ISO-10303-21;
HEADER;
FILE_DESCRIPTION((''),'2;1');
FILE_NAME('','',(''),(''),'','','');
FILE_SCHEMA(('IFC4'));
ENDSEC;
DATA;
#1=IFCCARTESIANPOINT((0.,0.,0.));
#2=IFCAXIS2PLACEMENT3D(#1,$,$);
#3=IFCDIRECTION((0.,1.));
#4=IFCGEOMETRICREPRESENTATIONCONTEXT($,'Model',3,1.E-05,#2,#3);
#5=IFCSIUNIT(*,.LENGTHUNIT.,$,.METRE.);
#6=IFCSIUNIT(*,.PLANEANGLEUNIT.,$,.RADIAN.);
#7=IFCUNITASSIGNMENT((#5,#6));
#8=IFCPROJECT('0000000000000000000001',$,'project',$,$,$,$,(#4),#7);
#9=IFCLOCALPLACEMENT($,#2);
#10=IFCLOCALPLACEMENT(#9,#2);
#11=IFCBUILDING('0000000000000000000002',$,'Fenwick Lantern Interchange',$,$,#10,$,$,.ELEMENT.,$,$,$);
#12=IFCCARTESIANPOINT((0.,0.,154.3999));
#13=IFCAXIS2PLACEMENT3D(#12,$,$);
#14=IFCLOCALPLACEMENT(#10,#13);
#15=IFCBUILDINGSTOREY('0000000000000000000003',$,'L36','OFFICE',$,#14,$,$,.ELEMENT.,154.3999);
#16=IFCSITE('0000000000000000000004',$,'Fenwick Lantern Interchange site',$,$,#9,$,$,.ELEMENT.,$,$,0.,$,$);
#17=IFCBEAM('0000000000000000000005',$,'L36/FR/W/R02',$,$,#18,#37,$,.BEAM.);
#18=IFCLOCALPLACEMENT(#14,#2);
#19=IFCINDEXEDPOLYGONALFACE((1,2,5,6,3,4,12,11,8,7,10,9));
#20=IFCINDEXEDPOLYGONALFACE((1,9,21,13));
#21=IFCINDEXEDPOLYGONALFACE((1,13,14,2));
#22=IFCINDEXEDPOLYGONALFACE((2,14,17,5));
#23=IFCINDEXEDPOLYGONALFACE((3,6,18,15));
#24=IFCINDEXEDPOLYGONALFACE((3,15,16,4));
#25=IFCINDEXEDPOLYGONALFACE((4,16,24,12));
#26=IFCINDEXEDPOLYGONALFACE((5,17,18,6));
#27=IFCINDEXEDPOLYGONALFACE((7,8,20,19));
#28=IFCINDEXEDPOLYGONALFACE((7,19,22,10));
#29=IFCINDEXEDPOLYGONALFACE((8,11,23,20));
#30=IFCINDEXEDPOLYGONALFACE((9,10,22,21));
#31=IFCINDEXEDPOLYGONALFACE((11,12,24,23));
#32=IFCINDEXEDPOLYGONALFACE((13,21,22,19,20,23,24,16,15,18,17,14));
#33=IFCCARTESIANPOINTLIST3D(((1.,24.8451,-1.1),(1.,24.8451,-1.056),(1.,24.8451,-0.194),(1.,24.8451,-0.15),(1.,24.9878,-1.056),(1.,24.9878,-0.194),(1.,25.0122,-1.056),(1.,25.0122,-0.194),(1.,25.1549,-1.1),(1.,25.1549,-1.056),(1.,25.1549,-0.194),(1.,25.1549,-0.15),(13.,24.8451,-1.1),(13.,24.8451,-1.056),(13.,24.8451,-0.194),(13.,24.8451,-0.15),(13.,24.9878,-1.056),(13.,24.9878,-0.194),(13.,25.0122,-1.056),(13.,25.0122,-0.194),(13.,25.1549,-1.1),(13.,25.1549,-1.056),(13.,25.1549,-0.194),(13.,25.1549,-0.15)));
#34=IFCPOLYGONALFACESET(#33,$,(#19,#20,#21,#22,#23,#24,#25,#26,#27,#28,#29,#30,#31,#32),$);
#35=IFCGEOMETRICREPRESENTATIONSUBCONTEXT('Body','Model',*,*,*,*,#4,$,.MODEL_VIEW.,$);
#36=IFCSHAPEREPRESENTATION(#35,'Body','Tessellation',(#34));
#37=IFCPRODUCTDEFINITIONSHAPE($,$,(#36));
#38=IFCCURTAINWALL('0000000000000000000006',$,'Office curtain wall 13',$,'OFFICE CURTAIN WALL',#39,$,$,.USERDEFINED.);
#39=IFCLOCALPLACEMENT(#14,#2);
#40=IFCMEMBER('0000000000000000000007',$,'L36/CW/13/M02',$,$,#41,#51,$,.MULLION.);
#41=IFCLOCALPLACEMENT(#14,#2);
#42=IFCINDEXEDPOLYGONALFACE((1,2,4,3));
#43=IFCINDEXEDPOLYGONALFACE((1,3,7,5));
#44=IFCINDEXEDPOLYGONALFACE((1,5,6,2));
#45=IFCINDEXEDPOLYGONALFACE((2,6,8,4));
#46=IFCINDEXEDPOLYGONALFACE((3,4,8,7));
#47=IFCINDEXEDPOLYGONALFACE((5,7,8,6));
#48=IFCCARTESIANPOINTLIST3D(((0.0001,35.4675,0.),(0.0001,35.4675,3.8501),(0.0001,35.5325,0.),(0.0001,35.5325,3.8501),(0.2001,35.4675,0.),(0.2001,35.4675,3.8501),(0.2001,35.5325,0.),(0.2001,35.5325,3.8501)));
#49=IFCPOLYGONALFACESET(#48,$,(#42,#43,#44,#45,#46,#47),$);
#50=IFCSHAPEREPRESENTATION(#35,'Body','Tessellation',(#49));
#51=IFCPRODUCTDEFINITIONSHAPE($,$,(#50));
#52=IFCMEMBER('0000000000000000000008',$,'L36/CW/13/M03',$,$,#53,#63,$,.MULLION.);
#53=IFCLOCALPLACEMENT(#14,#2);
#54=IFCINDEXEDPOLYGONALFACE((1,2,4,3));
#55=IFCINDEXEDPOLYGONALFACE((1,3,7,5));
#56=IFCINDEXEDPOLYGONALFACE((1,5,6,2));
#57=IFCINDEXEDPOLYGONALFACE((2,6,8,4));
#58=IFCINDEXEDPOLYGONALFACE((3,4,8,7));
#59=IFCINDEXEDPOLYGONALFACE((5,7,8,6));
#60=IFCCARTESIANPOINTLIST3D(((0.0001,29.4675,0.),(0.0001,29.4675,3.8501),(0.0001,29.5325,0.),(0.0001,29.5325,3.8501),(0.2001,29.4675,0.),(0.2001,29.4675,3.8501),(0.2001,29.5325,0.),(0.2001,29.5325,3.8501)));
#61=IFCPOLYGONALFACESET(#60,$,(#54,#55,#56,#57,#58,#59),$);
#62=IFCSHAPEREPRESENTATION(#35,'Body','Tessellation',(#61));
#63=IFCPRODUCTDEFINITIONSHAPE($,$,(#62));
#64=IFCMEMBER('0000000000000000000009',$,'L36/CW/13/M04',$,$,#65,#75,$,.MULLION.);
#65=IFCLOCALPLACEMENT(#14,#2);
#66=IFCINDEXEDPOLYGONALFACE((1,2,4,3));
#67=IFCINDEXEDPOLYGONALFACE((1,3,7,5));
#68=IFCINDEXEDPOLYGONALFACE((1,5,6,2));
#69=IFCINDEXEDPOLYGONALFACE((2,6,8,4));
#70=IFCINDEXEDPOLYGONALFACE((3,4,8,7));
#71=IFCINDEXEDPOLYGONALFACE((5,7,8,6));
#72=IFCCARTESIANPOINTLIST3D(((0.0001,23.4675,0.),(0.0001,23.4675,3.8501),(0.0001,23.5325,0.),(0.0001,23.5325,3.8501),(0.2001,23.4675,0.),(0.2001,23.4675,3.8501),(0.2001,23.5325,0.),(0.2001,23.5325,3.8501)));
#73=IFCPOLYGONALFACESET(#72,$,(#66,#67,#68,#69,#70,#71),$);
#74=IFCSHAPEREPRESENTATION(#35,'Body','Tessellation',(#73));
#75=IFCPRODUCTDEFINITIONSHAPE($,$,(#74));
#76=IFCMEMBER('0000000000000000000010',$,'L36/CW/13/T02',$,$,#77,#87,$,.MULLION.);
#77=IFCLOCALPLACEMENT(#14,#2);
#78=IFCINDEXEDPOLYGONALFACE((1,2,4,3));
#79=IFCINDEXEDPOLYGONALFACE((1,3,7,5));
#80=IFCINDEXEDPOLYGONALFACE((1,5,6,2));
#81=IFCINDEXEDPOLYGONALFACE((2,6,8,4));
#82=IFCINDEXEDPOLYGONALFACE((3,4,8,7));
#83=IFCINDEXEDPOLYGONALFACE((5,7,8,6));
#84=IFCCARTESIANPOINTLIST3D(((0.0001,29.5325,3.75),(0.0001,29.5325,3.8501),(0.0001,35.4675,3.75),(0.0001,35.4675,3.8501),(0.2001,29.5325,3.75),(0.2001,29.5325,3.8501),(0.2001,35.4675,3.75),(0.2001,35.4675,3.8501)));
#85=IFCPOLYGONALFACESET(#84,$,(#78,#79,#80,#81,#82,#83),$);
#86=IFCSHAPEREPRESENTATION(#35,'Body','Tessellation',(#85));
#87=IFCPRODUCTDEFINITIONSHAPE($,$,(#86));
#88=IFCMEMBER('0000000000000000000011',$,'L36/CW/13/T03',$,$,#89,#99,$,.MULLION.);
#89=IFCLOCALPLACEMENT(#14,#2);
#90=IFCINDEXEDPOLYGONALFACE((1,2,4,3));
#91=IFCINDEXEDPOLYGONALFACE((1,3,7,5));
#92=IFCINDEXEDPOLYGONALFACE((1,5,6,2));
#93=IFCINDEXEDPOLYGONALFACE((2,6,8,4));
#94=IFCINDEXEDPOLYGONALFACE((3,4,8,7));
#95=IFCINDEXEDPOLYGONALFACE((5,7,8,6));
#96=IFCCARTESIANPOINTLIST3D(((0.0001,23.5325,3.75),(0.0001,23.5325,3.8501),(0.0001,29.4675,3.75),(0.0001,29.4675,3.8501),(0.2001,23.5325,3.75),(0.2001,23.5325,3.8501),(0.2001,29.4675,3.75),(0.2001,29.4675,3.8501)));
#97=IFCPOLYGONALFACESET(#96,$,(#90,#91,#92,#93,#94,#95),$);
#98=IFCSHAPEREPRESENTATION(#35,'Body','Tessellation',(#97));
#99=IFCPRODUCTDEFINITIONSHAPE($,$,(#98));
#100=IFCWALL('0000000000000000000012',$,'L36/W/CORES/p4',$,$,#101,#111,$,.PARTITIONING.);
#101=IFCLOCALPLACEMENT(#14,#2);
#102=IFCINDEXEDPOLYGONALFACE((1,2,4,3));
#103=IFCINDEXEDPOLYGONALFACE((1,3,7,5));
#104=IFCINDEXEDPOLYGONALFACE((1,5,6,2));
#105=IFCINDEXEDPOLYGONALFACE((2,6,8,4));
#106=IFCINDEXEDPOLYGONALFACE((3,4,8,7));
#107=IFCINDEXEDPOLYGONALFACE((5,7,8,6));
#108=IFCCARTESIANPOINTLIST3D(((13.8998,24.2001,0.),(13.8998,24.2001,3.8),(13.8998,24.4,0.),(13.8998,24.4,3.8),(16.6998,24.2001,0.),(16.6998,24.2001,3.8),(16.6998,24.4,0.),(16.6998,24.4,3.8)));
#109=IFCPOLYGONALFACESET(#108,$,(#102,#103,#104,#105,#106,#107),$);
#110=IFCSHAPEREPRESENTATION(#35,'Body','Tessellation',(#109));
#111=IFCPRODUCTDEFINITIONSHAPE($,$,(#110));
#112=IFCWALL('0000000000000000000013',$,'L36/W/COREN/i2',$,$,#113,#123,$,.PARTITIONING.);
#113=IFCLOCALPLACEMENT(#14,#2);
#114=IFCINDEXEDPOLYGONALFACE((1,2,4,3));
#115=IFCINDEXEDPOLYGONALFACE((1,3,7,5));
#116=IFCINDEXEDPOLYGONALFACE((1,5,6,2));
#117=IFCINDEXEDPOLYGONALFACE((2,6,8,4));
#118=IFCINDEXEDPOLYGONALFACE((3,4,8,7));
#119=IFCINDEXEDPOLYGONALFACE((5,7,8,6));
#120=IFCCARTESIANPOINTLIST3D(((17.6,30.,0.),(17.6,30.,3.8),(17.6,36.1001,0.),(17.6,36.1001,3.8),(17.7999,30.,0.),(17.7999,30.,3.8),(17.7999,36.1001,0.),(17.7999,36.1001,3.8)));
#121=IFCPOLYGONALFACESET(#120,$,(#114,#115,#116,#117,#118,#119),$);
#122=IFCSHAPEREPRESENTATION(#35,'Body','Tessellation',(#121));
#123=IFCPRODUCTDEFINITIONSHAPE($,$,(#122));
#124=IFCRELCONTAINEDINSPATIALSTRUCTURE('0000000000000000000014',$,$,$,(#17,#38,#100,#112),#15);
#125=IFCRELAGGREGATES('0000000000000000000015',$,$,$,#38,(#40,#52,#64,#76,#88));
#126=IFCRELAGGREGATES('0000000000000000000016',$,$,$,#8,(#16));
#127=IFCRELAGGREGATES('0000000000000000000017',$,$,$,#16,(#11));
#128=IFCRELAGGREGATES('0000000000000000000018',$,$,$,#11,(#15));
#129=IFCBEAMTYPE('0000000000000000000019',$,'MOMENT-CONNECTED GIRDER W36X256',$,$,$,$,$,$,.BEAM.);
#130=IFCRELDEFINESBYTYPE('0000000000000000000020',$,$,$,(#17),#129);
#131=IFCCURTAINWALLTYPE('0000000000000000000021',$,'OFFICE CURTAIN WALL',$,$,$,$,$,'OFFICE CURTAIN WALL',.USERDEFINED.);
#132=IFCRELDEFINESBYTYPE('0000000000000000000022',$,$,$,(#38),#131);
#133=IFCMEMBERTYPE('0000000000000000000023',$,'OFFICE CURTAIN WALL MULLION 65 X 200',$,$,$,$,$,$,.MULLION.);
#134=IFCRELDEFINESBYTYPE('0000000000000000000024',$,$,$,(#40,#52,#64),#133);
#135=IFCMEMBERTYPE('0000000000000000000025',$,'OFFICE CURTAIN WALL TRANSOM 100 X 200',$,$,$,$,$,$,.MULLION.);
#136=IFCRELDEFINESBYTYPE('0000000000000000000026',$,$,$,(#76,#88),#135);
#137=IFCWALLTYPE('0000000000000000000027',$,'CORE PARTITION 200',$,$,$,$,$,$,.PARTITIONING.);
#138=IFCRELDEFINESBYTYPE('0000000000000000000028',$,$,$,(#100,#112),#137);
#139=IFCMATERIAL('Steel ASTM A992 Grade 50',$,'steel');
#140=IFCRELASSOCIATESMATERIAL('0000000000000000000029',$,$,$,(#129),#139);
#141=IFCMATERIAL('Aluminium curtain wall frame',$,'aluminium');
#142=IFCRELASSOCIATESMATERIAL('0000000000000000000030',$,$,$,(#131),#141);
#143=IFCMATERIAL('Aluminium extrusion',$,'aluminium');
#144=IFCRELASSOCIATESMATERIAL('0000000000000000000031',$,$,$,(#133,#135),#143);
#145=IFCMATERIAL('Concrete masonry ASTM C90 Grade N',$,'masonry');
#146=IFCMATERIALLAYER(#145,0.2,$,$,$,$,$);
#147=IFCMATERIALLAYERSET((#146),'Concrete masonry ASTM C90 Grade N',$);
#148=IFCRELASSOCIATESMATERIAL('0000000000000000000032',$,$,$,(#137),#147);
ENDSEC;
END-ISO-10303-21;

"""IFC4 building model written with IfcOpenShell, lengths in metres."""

from ifc_helpers import new_model, si_unit, direction, frame, frame_2d, origin, origin_2d, place, context, subcontext, project, spatial, rectangle, i_section, extrude, material, layer, layer_set, material_profile, profile_set, type_object, element, aggregate, save


model = new_model("IFC4")

# Units and contexts
model_context = context("Model", 3, precision=1e-05, world=origin(), true_north=direction((0.0, 1.0)))
body_context = subcontext(model_context, "Body", "Model", "MODEL_VIEW")
ifc_project = project(units=[si_unit("LENGTHUNIT", "METRE"), si_unit("PLANEANGLEUNIT", "RADIAN")], contexts=[model_context])

# Site, building, storey
site_placement = place(None, origin())
site = spatial("IfcSite", under=ifc_project, at=site_placement, Name="Fenwick Lantern Interchange site", CompositionType="ELEMENT", RefElevation=0.0)
building_placement = place(site_placement, origin())
building = spatial("IfcBuilding", under=site, at=building_placement, Name="Fenwick Lantern Interchange", CompositionType="ELEMENT")
storey_placement = place(building_placement, frame((0.0, 0.0, 154.3999)))
storey = spatial("IfcBuildingStorey", under=building, at=storey_placement, Name="L36", Description="OFFICE", CompositionType="ELEMENT", Elevation=154.3999)

# Beam
ifc_material_1 = material(Name="Steel ASTM A992 Grade 50", Category="steel")
ifc_material_profile_1 = material_profile(ifc_material_1, i_section(OverallWidth=0.3098, OverallDepth=0.95, WebThickness=0.0244, FlangeThickness=0.0439, at=origin_2d()), Name="W36X256")
ifc_profile_set_1 = profile_set([ifc_material_profile_1], Name="Steel ASTM A992 Grade 50")
beam_type_1 = type_object("IfcBeamType", Name="MOMENT-CONNECTED GIRDER W36X256", PredefinedType="BEAM", material=ifc_profile_set_1)
beam_1_placement = place(storey_placement, frame((1.0, 25.0, -0.625), z_axis=(1.0, 0.0, 0.0), x_axis=(0.0, 1.0, 0.0)))
element("IfcBeam", 1, at=beam_1_placement, inside=storey, type_object=beam_type_1, Name="L36/FR/W/R02", PredefinedType="BEAM", context=body_context, shape_type="SweptSolid", body=[
    extrude(i_section(OverallWidth=0.3098, OverallDepth=0.95, WebThickness=0.0244, FlangeThickness=0.0439, at=origin_2d()), origin(), (0.0, 0.0, 1.0), 12.0),
])

# Curtain wall, members
ifc_material_2 = material(Name="Aluminium curtain wall frame", Category="aluminium")
curtain_wall_type = type_object("IfcCurtainWallType", Name="OFFICE CURTAIN WALL", ElementType="OFFICE CURTAIN WALL", PredefinedType="USERDEFINED", material=ifc_material_2)
curtain_wall_placement = place(storey_placement, origin())
curtain_wall = element("IfcCurtainWall", 2, at=curtain_wall_placement, inside=storey, type_object=curtain_wall_type, Name="Office curtain wall 13", ObjectType="OFFICE CURTAIN WALL", PredefinedType="USERDEFINED")
ifc_material_3 = material(Name="Aluminium extrusion", Category="aluminium")
ifc_material_profile_2 = material_profile(ifc_material_3, rectangle(XDim=0.2, YDim=0.0649, at=origin_2d()), Name="OFFICE CURTAIN WALL MULLION 65 X 200")
ifc_profile_set_2 = profile_set([ifc_material_profile_2], Name="Aluminium extrusion")
member_type_1 = type_object("IfcMemberType", Name="OFFICE CURTAIN WALL MULLION 65 X 200", PredefinedType="MULLION", material=ifc_profile_set_2)
member_1_placement = place(storey_placement, frame((0.1001, 35.5, 0.0), z_axis=(0.0, 0.0, 1.0), x_axis=(1.0, 0.0, 0.0)))
member_1 = element("IfcMember", 3, at=member_1_placement, type_object=member_type_1, Name="L36/CW/13/M02", PredefinedType="MULLION", context=body_context, shape_type="SweptSolid", body=[
    extrude(rectangle(XDim=0.2, YDim=0.0649, at=origin_2d()), origin(), (0.0, 0.0, 1.0), 3.8501),
])
member_2_placement = place(storey_placement, frame((0.1001, 29.5, 0.0), z_axis=(0.0, 0.0, 1.0), x_axis=(1.0, 0.0, 0.0)))
member_2 = element("IfcMember", 4, at=member_2_placement, type_object=member_type_1, Name="L36/CW/13/M03", PredefinedType="MULLION", context=body_context, shape_type="SweptSolid", body=[
    extrude(rectangle(XDim=0.2, YDim=0.0649, at=origin_2d()), origin(), (0.0, 0.0, 1.0), 3.8501),
])
member_3_placement = place(storey_placement, frame((0.1001, 23.5, 0.0), z_axis=(0.0, 0.0, 1.0), x_axis=(1.0, 0.0, 0.0)))
member_3 = element("IfcMember", 5, at=member_3_placement, type_object=member_type_1, Name="L36/CW/13/M04", PredefinedType="MULLION", context=body_context, shape_type="SweptSolid", body=[
    extrude(rectangle(XDim=0.2, YDim=0.0649, at=origin_2d()), origin(), (0.0, 0.0, 1.0), 3.8501),
])
ifc_material_profile_3 = material_profile(ifc_material_3, rectangle(XDim=0.2, YDim=0.1001, at=origin_2d()), Name="OFFICE CURTAIN WALL TRANSOM 100 X 200")
ifc_profile_set_3 = profile_set([ifc_material_profile_3], Name="Aluminium extrusion")
member_type_2 = type_object("IfcMemberType", Name="OFFICE CURTAIN WALL TRANSOM 100 X 200", PredefinedType="MULLION", material=ifc_profile_set_3)
member_4_placement = place(storey_placement, frame((0.1001, 35.4675, 3.8), z_axis=(0.0, -1.0, 0.0), x_axis=(1.0, 0.0, 0.0)))
member_4 = element("IfcMember", 6, at=member_4_placement, type_object=member_type_2, Name="L36/CW/13/T02", PredefinedType="MULLION", context=body_context, shape_type="SweptSolid", body=[
    extrude(rectangle(XDim=0.2, YDim=0.1001, at=origin_2d()), origin(), (0.0, 0.0, 1.0), 5.9351),
])
member_5_placement = place(storey_placement, frame((0.1001, 29.4675, 3.8), z_axis=(0.0, -1.0, 0.0), x_axis=(1.0, 0.0, 0.0)))
member_5 = element("IfcMember", 7, at=member_5_placement, type_object=member_type_2, Name="L36/CW/13/T03", PredefinedType="MULLION", context=body_context, shape_type="SweptSolid", body=[
    extrude(rectangle(XDim=0.2, YDim=0.1001, at=origin_2d()), origin(), (0.0, 0.0, 1.0), 5.9351),
])
aggregate(curtain_wall, [member_1, member_2, member_3, member_4, member_5])

# Walls
ifc_material_4 = material(Name="Concrete masonry ASTM C90 Grade N", Category="masonry")
ifc_layer_1 = layer(ifc_material_4, 0.2)
ifc_layer_set_1 = layer_set([ifc_layer_1], Name="Concrete masonry ASTM C90 Grade N")
wall_type_1 = type_object("IfcWallType", Name="CORE PARTITION 200", PredefinedType="PARTITIONING", material=ifc_layer_set_1)
wall_1_placement = place(storey_placement, frame((13.8999, 24.3, 0.0), z_axis=(0.0, 0.0, 1.0), x_axis=(1.0, 0.0, 0.0)))
element("IfcWall", 8, at=wall_1_placement, inside=storey, type_object=wall_type_1, Name="L36/W/CORES/p4", PredefinedType="PARTITIONING", context=body_context, shape_type="SweptSolid", body=[
    extrude(rectangle(XDim=2.8, YDim=0.2, at=frame_2d((1.3999, 0.0))), origin(), (0.0, 0.0, 1.0), 3.8),
])
wall_2_placement = place(storey_placement, frame((17.7, 36.1001, 0.0), z_axis=(0.0, 0.0, 1.0), x_axis=(0.0, -1.0, 0.0)))
element("IfcWall", 9, at=wall_2_placement, inside=storey, type_object=wall_type_1, Name="L36/W/COREN/i2", PredefinedType="PARTITIONING", context=body_context, shape_type="SweptSolid", body=[
    extrude(rectangle(XDim=6.1001, YDim=0.2, at=frame_2d((3.05, 0.0))), origin(), (0.0, 0.0, 1.0), 3.8),
])

save(model, "model.ifc")
